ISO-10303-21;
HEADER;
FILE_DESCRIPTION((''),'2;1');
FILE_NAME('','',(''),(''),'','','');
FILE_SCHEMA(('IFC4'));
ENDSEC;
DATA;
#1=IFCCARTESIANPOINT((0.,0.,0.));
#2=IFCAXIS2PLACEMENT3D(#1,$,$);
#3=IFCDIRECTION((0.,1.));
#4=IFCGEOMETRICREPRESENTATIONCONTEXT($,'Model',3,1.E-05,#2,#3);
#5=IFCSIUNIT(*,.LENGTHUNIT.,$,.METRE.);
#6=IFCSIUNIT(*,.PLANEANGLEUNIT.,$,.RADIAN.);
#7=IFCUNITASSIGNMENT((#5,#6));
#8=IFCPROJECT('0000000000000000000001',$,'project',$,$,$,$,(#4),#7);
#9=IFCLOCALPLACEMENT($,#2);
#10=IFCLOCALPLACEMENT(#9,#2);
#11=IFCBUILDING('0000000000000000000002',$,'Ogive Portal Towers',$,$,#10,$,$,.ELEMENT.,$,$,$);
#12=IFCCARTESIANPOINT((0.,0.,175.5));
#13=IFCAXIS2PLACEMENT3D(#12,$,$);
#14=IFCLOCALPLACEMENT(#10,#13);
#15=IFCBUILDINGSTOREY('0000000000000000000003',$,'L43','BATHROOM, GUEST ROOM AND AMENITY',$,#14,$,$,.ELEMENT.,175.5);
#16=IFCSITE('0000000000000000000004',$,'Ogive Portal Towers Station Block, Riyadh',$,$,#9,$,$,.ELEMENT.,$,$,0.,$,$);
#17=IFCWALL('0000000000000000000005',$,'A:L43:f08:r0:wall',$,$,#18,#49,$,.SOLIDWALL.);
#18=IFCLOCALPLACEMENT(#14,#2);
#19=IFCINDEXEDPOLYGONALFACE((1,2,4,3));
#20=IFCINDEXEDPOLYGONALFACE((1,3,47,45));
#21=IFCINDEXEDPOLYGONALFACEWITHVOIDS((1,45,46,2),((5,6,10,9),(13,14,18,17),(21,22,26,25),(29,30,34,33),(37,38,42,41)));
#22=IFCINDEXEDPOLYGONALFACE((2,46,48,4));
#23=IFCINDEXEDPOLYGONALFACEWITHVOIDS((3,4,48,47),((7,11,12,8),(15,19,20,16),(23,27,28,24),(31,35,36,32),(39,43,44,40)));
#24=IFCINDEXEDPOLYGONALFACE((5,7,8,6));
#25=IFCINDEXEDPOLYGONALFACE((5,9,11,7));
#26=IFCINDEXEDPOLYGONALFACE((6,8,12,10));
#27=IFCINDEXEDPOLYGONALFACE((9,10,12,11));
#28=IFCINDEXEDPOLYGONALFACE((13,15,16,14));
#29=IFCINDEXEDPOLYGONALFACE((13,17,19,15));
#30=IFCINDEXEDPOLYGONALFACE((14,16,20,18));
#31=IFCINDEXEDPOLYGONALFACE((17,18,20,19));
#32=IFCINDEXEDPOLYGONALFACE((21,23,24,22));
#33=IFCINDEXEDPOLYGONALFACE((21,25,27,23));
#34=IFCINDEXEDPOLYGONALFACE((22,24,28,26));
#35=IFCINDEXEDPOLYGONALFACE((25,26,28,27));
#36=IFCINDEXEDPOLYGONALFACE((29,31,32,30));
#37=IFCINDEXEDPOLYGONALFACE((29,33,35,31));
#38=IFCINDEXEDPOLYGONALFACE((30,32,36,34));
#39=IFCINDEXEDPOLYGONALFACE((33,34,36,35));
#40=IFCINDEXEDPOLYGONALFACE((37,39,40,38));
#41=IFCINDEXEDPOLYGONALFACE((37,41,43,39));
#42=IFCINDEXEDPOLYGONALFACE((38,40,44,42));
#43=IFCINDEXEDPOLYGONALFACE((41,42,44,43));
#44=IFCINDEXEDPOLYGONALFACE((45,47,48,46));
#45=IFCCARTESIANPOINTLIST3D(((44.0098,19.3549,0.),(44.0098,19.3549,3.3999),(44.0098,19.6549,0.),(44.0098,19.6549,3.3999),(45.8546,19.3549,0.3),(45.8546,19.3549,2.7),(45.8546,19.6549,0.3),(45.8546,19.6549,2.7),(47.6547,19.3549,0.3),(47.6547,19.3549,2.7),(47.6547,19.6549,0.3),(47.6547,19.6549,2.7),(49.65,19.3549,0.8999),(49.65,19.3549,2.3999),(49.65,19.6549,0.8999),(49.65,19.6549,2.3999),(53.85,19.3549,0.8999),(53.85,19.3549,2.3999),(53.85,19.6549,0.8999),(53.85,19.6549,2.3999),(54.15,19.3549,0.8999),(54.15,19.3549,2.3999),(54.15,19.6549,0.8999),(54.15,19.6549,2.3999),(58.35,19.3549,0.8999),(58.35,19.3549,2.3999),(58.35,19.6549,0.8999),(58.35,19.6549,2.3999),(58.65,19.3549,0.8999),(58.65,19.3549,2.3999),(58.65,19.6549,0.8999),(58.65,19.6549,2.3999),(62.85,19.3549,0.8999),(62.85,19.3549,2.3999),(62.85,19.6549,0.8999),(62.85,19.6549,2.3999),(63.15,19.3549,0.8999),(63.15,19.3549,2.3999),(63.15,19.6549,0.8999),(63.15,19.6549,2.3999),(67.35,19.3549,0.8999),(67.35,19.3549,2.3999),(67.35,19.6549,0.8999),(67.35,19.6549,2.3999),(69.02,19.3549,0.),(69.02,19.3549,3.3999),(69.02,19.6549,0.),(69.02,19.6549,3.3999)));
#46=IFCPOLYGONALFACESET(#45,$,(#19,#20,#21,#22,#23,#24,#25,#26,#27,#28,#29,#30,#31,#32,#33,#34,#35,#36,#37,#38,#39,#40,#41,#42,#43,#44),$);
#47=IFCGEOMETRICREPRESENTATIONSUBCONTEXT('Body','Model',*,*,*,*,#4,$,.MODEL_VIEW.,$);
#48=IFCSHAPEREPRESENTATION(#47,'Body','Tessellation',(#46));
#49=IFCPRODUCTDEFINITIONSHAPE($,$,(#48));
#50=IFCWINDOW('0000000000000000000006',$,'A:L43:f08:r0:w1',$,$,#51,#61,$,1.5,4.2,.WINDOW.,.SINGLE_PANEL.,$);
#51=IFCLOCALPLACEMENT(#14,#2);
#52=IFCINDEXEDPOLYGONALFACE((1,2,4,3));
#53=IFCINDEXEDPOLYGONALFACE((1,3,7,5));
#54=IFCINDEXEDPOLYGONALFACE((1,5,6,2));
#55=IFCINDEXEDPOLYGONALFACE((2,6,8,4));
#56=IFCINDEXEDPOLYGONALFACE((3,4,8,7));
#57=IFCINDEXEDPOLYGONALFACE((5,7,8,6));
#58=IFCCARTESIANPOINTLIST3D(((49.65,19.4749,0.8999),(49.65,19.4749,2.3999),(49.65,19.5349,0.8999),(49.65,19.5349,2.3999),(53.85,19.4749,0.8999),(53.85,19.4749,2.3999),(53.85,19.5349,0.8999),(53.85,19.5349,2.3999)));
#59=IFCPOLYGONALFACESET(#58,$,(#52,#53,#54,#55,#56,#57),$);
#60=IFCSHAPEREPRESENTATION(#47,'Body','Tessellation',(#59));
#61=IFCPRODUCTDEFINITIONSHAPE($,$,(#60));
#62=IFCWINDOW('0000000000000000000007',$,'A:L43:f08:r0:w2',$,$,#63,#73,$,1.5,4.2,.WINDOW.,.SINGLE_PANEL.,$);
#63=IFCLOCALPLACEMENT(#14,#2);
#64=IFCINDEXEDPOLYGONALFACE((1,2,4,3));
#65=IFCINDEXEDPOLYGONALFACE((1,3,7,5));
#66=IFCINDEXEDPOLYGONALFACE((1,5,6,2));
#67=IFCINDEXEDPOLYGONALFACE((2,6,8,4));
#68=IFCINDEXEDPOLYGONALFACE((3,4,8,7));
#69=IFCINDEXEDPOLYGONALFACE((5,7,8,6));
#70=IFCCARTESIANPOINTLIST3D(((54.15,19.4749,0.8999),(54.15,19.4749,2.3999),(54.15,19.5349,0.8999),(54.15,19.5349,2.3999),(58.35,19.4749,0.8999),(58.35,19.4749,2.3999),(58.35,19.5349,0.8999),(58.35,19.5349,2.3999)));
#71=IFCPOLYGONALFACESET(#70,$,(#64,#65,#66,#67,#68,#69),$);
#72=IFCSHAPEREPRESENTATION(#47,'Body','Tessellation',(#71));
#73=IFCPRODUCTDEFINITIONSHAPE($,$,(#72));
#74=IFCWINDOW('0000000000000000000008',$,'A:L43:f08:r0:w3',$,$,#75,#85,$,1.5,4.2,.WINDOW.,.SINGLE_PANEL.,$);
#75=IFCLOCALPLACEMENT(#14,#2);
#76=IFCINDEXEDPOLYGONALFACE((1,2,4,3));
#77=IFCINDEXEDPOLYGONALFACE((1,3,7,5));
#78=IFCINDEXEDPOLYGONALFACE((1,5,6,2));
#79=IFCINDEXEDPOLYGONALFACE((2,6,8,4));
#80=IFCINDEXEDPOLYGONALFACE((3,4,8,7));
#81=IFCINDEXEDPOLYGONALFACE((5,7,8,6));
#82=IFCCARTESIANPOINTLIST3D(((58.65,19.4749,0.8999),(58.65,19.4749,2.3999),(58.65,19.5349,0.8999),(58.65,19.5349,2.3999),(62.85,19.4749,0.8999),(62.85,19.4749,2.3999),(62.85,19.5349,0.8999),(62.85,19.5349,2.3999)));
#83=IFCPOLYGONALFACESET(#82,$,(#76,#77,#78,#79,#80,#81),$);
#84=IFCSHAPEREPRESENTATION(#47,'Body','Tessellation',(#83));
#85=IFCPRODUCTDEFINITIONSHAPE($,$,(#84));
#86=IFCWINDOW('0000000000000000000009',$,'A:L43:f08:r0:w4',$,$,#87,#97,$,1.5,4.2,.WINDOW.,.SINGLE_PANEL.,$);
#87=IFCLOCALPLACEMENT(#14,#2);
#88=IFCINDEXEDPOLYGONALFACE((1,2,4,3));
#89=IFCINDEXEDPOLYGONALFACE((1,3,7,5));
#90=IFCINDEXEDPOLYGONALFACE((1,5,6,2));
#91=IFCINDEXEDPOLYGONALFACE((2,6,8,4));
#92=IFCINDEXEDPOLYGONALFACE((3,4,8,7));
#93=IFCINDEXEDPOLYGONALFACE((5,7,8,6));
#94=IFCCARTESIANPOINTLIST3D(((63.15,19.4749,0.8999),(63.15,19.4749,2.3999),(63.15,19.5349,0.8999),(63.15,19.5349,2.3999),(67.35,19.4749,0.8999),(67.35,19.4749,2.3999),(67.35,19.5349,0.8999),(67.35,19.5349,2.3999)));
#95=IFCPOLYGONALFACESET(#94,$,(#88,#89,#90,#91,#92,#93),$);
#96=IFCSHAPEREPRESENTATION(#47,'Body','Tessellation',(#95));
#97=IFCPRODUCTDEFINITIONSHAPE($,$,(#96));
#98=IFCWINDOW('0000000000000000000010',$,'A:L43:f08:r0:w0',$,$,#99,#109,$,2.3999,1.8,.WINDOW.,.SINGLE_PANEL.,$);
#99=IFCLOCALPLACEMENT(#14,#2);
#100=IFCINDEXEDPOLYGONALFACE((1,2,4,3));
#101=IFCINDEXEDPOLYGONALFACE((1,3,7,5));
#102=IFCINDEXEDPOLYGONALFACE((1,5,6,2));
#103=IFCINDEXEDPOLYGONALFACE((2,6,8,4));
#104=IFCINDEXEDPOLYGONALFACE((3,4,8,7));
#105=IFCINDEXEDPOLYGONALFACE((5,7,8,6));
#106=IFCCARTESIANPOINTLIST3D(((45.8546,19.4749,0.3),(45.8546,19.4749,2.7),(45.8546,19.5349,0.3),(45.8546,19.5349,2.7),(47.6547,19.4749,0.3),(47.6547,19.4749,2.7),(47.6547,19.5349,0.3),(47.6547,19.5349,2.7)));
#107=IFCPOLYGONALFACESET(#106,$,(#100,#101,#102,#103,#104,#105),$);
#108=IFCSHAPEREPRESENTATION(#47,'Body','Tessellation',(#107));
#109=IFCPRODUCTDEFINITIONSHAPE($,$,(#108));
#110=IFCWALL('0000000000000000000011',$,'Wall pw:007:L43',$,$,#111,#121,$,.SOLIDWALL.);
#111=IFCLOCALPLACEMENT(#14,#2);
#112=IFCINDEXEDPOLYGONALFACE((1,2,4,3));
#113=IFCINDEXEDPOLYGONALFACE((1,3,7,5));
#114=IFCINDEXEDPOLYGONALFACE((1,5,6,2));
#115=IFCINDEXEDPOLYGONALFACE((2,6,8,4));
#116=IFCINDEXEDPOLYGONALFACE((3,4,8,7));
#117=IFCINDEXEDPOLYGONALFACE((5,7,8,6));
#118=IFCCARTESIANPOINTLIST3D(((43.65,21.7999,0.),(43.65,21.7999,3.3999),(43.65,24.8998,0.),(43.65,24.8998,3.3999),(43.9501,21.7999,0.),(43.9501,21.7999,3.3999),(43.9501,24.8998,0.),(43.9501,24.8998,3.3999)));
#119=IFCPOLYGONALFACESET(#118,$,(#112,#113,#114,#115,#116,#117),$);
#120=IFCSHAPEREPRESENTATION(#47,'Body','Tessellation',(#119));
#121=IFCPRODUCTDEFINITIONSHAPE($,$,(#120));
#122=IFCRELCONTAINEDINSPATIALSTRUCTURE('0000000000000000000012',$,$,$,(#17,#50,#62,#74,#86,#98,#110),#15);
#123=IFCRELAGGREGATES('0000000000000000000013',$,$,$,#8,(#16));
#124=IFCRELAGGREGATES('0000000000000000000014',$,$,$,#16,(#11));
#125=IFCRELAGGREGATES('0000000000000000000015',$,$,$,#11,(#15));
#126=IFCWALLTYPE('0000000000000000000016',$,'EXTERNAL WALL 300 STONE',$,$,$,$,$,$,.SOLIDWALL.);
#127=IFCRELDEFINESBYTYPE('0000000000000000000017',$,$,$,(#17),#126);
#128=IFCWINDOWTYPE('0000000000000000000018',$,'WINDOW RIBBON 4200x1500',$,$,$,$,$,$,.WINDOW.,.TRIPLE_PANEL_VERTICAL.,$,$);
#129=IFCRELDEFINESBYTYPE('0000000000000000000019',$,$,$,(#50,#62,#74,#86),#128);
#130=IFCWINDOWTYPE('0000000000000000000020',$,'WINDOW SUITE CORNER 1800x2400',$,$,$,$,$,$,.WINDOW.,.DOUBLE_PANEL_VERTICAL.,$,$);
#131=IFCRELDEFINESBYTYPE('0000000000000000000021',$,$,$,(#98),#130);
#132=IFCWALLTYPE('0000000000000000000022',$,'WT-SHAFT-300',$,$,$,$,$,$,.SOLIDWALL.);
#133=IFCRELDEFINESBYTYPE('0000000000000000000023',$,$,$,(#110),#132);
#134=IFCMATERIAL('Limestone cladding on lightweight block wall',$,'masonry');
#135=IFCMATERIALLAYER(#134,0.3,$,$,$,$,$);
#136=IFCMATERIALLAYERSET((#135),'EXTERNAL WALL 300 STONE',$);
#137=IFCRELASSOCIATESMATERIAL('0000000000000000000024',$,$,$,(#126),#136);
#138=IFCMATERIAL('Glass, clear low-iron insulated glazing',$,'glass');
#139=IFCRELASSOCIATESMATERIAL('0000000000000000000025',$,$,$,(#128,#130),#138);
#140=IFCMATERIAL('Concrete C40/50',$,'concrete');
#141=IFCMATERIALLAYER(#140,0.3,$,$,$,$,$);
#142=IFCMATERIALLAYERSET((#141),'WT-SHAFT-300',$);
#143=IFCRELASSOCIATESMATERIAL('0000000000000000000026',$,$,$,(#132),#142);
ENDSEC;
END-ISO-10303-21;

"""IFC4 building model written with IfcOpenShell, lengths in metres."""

from ifc_helpers import new_model, si_unit, direction, frame, frame_2d, origin, place, context, subcontext, project, spatial, rectangle, extrude, material, layer, layer_set, type_object, element, fill, save


model = new_model("IFC4")

# Units and contexts
model_context = context("Model", 3, precision=1e-05, world=origin(), true_north=direction((0.0, 1.0)))
body_context = subcontext(model_context, "Body", "Model", "MODEL_VIEW")
ifc_project = project(units=[si_unit("LENGTHUNIT", "METRE"), si_unit("PLANEANGLEUNIT", "RADIAN")], contexts=[model_context])

# Site, building, storey
site_placement = place(None, origin())
site = spatial("IfcSite", under=ifc_project, at=site_placement, Name="Ogive Portal Towers Station Block, Riyadh", CompositionType="ELEMENT", RefElevation=0.0)
building_placement = place(site_placement, origin())
building = spatial("IfcBuilding", under=site, at=building_placement, Name="Ogive Portal Towers", CompositionType="ELEMENT")
storey_placement = place(building_placement, frame((0.0, 0.0, 175.5)))
storey = spatial("IfcBuildingStorey", under=building, at=storey_placement, Name="L43", Description="BATHROOM, GUEST ROOM AND AMENITY", CompositionType="ELEMENT", Elevation=175.5)

# Shared definitions
ifc_material_1 = material(Name="Limestone cladding on lightweight block wall", Category="masonry")
ifc_layer_1 = layer(ifc_material_1, 0.3)
ifc_layer_set_1 = layer_set([ifc_layer_1], Name="EXTERNAL WALL 300 STONE")
wall_type_1 = type_object("IfcWallType", Name="EXTERNAL WALL 300 STONE", PredefinedType="SOLIDWALL", material=ifc_layer_set_1)

# Wall, openings, windows
wall_1_placement = place(storey_placement, frame((44.0098, 19.5049, 0.0), z_axis=(0.0, 0.0, 1.0), x_axis=(1.0, 0.0, 0.0)))
wall_1 = element("IfcWall", 1, at=wall_1_placement, inside=storey, type_object=wall_type_1, Name="A:L43:f08:r0:wall", PredefinedType="SOLIDWALL", context=body_context, shape_type="SweptSolid", body=[
    extrude(rectangle(XDim=25.0103, YDim=0.3, at=frame_2d((12.5051, 0.0))), origin(), (0.0, 0.0, 1.0), 3.3999),
])
opening_1_placement = place(wall_1_placement, frame((1.845, 0.0, 0.3)))
opening_1 = element("IfcOpeningElement", 2, at=opening_1_placement, cuts=wall_1, PredefinedType="OPENING", context=body_context, shape_type="SweptSolid", body=[
    extrude(rectangle(XDim=1.8, YDim=2.3999, at=frame_2d((0.8999, 1.2))), frame((0.0, 0.1602, 0.0), z_axis=(0.0, -1.0, 0.0), x_axis=(1.0, 0.0, 0.0)), (0.0, 0.0, 1.0), 0.3201),
])
opening_2_placement = place(wall_1_placement, frame((5.6401, 0.0, 0.8999)))
opening_2 = element("IfcOpeningElement", 3, at=opening_2_placement, cuts=wall_1, PredefinedType="OPENING", context=body_context, shape_type="SweptSolid", body=[
    extrude(rectangle(XDim=4.2, YDim=1.5, at=frame_2d((2.1001, 0.75))), frame((0.0, 0.1602, 0.0), z_axis=(0.0, -1.0, 0.0), x_axis=(1.0, 0.0, 0.0)), (0.0, 0.0, 1.0), 0.3201),
])
opening_3_placement = place(wall_1_placement, frame((10.1401, 0.0, 0.8999)))
opening_3 = element("IfcOpeningElement", 4, at=opening_3_placement, cuts=wall_1, PredefinedType="OPENING", context=body_context, shape_type="SweptSolid", body=[
    extrude(rectangle(XDim=4.2, YDim=1.5, at=frame_2d((2.1001, 0.75))), frame((0.0, 0.1602, 0.0), z_axis=(0.0, -1.0, 0.0), x_axis=(1.0, 0.0, 0.0)), (0.0, 0.0, 1.0), 0.3201),
])
opening_4_placement = place(wall_1_placement, frame((14.6401, 0.0, 0.8999)))
opening_4 = element("IfcOpeningElement", 5, at=opening_4_placement, cuts=wall_1, PredefinedType="OPENING", context=body_context, shape_type="SweptSolid", body=[
    extrude(rectangle(XDim=4.2, YDim=1.5, at=frame_2d((2.1001, 0.75))), frame((0.0, 0.1602, 0.0), z_axis=(0.0, -1.0, 0.0), x_axis=(1.0, 0.0, 0.0)), (0.0, 0.0, 1.0), 0.3201),
])
opening_5_placement = place(wall_1_placement, frame((19.1401, 0.0, 0.8999)))
opening_5 = element("IfcOpeningElement", 6, at=opening_5_placement, cuts=wall_1, PredefinedType="OPENING", context=body_context, shape_type="SweptSolid", body=[
    extrude(rectangle(XDim=4.2, YDim=1.5, at=frame_2d((2.1001, 0.75))), frame((0.0, 0.1602, 0.0), z_axis=(0.0, -1.0, 0.0), x_axis=(1.0, 0.0, 0.0)), (0.0, 0.0, 1.0), 0.3201),
])
ifc_material_2 = material(Name="Glass, clear low-iron insulated glazing", Category="glass")
window_type_1 = type_object("IfcWindowType", Name="WINDOW RIBBON 4200x1500", PartitioningType="TRIPLE_PANEL_VERTICAL", PredefinedType="WINDOW", material=ifc_material_2)
window_1_placement = place(opening_2_placement, origin())
window_1 = element("IfcWindow", 7, at=window_1_placement, inside=storey, type_object=window_type_1, Name="A:L43:f08:r0:w1", OverallHeight=1.5, OverallWidth=4.2, PartitioningType="SINGLE_PANEL", PredefinedType="WINDOW", context=body_context, shape_type="SweptSolid", body=[
    extrude(rectangle(XDim=4.2, YDim=1.5, at=frame_2d((2.1001, 0.75))), frame((0.0, 0.03, 0.0), z_axis=(0.0, -1.0, 0.0), x_axis=(1.0, 0.0, 0.0)), (0.0, 0.0, 1.0), 0.0601),
])
fill(opening_2, window_1)
window_2_placement = place(opening_3_placement, origin())
window_2 = element("IfcWindow", 8, at=window_2_placement, inside=storey, type_object=window_type_1, Name="A:L43:f08:r0:w2", OverallHeight=1.5, OverallWidth=4.2, PartitioningType="SINGLE_PANEL", PredefinedType="WINDOW", context=body_context, shape_type="SweptSolid", body=[
    extrude(rectangle(XDim=4.2, YDim=1.5, at=frame_2d((2.1001, 0.75))), frame((0.0, 0.03, 0.0), z_axis=(0.0, -1.0, 0.0), x_axis=(1.0, 0.0, 0.0)), (0.0, 0.0, 1.0), 0.0601),
])
fill(opening_3, window_2)
window_3_placement = place(opening_4_placement, origin())
window_3 = element("IfcWindow", 9, at=window_3_placement, inside=storey, type_object=window_type_1, Name="A:L43:f08:r0:w3", OverallHeight=1.5, OverallWidth=4.2, PartitioningType="SINGLE_PANEL", PredefinedType="WINDOW", context=body_context, shape_type="SweptSolid", body=[
    extrude(rectangle(XDim=4.2, YDim=1.5, at=frame_2d((2.1001, 0.75))), frame((0.0, 0.03, 0.0), z_axis=(0.0, -1.0, 0.0), x_axis=(1.0, 0.0, 0.0)), (0.0, 0.0, 1.0), 0.0601),
])
fill(opening_4, window_3)
window_4_placement = place(opening_5_placement, origin())
window_4 = element("IfcWindow", 10, at=window_4_placement, inside=storey, type_object=window_type_1, Name="A:L43:f08:r0:w4", OverallHeight=1.5, OverallWidth=4.2, PartitioningType="SINGLE_PANEL", PredefinedType="WINDOW", context=body_context, shape_type="SweptSolid", body=[
    extrude(rectangle(XDim=4.2, YDim=1.5, at=frame_2d((2.1001, 0.75))), frame((0.0, 0.03, 0.0), z_axis=(0.0, -1.0, 0.0), x_axis=(1.0, 0.0, 0.0)), (0.0, 0.0, 1.0), 0.0601),
])
fill(opening_5, window_4)
window_type_2 = type_object("IfcWindowType", Name="WINDOW SUITE CORNER 1800x2400", PartitioningType="DOUBLE_PANEL_VERTICAL", PredefinedType="WINDOW", material=ifc_material_2)
window_5_placement = place(opening_1_placement, origin())
window_5 = element("IfcWindow", 11, at=window_5_placement, inside=storey, type_object=window_type_2, Name="A:L43:f08:r0:w0", OverallHeight=2.3999, OverallWidth=1.8, PartitioningType="SINGLE_PANEL", PredefinedType="WINDOW", context=body_context, shape_type="SweptSolid", body=[
    extrude(rectangle(XDim=1.8, YDim=2.3999, at=frame_2d((0.8999, 1.2))), frame((0.0, 0.03, 0.0), z_axis=(0.0, -1.0, 0.0), x_axis=(1.0, 0.0, 0.0)), (0.0, 0.0, 1.0), 0.0601),
])
fill(opening_1, window_5)

# Wall
ifc_material_3 = material(Name="Concrete C40/50", Category="concrete")
ifc_layer_2 = layer(ifc_material_3, 0.3)
ifc_layer_set_2 = layer_set([ifc_layer_2], Name="WT-SHAFT-300")
wall_type_2 = type_object("IfcWallType", Name="WT-SHAFT-300", PredefinedType="SOLIDWALL", material=ifc_layer_set_2)
wall_2_placement = place(storey_placement, frame((43.8, 21.8, 0.0), z_axis=(0.0, 0.0, 1.0), x_axis=(0.0, 1.0, 0.0)))
element("IfcWall", 12, at=wall_2_placement, inside=storey, type_object=wall_type_2, Name="Wall pw:007:L43", PredefinedType="SOLIDWALL", context=body_context, shape_type="SweptSolid", body=[
    extrude(rectangle(XDim=3.0999, YDim=0.3, at=frame_2d((1.5498, 0.0))), origin(), (0.0, 0.0, 1.0), 3.3999),
])

save(model, "model.ifc")
